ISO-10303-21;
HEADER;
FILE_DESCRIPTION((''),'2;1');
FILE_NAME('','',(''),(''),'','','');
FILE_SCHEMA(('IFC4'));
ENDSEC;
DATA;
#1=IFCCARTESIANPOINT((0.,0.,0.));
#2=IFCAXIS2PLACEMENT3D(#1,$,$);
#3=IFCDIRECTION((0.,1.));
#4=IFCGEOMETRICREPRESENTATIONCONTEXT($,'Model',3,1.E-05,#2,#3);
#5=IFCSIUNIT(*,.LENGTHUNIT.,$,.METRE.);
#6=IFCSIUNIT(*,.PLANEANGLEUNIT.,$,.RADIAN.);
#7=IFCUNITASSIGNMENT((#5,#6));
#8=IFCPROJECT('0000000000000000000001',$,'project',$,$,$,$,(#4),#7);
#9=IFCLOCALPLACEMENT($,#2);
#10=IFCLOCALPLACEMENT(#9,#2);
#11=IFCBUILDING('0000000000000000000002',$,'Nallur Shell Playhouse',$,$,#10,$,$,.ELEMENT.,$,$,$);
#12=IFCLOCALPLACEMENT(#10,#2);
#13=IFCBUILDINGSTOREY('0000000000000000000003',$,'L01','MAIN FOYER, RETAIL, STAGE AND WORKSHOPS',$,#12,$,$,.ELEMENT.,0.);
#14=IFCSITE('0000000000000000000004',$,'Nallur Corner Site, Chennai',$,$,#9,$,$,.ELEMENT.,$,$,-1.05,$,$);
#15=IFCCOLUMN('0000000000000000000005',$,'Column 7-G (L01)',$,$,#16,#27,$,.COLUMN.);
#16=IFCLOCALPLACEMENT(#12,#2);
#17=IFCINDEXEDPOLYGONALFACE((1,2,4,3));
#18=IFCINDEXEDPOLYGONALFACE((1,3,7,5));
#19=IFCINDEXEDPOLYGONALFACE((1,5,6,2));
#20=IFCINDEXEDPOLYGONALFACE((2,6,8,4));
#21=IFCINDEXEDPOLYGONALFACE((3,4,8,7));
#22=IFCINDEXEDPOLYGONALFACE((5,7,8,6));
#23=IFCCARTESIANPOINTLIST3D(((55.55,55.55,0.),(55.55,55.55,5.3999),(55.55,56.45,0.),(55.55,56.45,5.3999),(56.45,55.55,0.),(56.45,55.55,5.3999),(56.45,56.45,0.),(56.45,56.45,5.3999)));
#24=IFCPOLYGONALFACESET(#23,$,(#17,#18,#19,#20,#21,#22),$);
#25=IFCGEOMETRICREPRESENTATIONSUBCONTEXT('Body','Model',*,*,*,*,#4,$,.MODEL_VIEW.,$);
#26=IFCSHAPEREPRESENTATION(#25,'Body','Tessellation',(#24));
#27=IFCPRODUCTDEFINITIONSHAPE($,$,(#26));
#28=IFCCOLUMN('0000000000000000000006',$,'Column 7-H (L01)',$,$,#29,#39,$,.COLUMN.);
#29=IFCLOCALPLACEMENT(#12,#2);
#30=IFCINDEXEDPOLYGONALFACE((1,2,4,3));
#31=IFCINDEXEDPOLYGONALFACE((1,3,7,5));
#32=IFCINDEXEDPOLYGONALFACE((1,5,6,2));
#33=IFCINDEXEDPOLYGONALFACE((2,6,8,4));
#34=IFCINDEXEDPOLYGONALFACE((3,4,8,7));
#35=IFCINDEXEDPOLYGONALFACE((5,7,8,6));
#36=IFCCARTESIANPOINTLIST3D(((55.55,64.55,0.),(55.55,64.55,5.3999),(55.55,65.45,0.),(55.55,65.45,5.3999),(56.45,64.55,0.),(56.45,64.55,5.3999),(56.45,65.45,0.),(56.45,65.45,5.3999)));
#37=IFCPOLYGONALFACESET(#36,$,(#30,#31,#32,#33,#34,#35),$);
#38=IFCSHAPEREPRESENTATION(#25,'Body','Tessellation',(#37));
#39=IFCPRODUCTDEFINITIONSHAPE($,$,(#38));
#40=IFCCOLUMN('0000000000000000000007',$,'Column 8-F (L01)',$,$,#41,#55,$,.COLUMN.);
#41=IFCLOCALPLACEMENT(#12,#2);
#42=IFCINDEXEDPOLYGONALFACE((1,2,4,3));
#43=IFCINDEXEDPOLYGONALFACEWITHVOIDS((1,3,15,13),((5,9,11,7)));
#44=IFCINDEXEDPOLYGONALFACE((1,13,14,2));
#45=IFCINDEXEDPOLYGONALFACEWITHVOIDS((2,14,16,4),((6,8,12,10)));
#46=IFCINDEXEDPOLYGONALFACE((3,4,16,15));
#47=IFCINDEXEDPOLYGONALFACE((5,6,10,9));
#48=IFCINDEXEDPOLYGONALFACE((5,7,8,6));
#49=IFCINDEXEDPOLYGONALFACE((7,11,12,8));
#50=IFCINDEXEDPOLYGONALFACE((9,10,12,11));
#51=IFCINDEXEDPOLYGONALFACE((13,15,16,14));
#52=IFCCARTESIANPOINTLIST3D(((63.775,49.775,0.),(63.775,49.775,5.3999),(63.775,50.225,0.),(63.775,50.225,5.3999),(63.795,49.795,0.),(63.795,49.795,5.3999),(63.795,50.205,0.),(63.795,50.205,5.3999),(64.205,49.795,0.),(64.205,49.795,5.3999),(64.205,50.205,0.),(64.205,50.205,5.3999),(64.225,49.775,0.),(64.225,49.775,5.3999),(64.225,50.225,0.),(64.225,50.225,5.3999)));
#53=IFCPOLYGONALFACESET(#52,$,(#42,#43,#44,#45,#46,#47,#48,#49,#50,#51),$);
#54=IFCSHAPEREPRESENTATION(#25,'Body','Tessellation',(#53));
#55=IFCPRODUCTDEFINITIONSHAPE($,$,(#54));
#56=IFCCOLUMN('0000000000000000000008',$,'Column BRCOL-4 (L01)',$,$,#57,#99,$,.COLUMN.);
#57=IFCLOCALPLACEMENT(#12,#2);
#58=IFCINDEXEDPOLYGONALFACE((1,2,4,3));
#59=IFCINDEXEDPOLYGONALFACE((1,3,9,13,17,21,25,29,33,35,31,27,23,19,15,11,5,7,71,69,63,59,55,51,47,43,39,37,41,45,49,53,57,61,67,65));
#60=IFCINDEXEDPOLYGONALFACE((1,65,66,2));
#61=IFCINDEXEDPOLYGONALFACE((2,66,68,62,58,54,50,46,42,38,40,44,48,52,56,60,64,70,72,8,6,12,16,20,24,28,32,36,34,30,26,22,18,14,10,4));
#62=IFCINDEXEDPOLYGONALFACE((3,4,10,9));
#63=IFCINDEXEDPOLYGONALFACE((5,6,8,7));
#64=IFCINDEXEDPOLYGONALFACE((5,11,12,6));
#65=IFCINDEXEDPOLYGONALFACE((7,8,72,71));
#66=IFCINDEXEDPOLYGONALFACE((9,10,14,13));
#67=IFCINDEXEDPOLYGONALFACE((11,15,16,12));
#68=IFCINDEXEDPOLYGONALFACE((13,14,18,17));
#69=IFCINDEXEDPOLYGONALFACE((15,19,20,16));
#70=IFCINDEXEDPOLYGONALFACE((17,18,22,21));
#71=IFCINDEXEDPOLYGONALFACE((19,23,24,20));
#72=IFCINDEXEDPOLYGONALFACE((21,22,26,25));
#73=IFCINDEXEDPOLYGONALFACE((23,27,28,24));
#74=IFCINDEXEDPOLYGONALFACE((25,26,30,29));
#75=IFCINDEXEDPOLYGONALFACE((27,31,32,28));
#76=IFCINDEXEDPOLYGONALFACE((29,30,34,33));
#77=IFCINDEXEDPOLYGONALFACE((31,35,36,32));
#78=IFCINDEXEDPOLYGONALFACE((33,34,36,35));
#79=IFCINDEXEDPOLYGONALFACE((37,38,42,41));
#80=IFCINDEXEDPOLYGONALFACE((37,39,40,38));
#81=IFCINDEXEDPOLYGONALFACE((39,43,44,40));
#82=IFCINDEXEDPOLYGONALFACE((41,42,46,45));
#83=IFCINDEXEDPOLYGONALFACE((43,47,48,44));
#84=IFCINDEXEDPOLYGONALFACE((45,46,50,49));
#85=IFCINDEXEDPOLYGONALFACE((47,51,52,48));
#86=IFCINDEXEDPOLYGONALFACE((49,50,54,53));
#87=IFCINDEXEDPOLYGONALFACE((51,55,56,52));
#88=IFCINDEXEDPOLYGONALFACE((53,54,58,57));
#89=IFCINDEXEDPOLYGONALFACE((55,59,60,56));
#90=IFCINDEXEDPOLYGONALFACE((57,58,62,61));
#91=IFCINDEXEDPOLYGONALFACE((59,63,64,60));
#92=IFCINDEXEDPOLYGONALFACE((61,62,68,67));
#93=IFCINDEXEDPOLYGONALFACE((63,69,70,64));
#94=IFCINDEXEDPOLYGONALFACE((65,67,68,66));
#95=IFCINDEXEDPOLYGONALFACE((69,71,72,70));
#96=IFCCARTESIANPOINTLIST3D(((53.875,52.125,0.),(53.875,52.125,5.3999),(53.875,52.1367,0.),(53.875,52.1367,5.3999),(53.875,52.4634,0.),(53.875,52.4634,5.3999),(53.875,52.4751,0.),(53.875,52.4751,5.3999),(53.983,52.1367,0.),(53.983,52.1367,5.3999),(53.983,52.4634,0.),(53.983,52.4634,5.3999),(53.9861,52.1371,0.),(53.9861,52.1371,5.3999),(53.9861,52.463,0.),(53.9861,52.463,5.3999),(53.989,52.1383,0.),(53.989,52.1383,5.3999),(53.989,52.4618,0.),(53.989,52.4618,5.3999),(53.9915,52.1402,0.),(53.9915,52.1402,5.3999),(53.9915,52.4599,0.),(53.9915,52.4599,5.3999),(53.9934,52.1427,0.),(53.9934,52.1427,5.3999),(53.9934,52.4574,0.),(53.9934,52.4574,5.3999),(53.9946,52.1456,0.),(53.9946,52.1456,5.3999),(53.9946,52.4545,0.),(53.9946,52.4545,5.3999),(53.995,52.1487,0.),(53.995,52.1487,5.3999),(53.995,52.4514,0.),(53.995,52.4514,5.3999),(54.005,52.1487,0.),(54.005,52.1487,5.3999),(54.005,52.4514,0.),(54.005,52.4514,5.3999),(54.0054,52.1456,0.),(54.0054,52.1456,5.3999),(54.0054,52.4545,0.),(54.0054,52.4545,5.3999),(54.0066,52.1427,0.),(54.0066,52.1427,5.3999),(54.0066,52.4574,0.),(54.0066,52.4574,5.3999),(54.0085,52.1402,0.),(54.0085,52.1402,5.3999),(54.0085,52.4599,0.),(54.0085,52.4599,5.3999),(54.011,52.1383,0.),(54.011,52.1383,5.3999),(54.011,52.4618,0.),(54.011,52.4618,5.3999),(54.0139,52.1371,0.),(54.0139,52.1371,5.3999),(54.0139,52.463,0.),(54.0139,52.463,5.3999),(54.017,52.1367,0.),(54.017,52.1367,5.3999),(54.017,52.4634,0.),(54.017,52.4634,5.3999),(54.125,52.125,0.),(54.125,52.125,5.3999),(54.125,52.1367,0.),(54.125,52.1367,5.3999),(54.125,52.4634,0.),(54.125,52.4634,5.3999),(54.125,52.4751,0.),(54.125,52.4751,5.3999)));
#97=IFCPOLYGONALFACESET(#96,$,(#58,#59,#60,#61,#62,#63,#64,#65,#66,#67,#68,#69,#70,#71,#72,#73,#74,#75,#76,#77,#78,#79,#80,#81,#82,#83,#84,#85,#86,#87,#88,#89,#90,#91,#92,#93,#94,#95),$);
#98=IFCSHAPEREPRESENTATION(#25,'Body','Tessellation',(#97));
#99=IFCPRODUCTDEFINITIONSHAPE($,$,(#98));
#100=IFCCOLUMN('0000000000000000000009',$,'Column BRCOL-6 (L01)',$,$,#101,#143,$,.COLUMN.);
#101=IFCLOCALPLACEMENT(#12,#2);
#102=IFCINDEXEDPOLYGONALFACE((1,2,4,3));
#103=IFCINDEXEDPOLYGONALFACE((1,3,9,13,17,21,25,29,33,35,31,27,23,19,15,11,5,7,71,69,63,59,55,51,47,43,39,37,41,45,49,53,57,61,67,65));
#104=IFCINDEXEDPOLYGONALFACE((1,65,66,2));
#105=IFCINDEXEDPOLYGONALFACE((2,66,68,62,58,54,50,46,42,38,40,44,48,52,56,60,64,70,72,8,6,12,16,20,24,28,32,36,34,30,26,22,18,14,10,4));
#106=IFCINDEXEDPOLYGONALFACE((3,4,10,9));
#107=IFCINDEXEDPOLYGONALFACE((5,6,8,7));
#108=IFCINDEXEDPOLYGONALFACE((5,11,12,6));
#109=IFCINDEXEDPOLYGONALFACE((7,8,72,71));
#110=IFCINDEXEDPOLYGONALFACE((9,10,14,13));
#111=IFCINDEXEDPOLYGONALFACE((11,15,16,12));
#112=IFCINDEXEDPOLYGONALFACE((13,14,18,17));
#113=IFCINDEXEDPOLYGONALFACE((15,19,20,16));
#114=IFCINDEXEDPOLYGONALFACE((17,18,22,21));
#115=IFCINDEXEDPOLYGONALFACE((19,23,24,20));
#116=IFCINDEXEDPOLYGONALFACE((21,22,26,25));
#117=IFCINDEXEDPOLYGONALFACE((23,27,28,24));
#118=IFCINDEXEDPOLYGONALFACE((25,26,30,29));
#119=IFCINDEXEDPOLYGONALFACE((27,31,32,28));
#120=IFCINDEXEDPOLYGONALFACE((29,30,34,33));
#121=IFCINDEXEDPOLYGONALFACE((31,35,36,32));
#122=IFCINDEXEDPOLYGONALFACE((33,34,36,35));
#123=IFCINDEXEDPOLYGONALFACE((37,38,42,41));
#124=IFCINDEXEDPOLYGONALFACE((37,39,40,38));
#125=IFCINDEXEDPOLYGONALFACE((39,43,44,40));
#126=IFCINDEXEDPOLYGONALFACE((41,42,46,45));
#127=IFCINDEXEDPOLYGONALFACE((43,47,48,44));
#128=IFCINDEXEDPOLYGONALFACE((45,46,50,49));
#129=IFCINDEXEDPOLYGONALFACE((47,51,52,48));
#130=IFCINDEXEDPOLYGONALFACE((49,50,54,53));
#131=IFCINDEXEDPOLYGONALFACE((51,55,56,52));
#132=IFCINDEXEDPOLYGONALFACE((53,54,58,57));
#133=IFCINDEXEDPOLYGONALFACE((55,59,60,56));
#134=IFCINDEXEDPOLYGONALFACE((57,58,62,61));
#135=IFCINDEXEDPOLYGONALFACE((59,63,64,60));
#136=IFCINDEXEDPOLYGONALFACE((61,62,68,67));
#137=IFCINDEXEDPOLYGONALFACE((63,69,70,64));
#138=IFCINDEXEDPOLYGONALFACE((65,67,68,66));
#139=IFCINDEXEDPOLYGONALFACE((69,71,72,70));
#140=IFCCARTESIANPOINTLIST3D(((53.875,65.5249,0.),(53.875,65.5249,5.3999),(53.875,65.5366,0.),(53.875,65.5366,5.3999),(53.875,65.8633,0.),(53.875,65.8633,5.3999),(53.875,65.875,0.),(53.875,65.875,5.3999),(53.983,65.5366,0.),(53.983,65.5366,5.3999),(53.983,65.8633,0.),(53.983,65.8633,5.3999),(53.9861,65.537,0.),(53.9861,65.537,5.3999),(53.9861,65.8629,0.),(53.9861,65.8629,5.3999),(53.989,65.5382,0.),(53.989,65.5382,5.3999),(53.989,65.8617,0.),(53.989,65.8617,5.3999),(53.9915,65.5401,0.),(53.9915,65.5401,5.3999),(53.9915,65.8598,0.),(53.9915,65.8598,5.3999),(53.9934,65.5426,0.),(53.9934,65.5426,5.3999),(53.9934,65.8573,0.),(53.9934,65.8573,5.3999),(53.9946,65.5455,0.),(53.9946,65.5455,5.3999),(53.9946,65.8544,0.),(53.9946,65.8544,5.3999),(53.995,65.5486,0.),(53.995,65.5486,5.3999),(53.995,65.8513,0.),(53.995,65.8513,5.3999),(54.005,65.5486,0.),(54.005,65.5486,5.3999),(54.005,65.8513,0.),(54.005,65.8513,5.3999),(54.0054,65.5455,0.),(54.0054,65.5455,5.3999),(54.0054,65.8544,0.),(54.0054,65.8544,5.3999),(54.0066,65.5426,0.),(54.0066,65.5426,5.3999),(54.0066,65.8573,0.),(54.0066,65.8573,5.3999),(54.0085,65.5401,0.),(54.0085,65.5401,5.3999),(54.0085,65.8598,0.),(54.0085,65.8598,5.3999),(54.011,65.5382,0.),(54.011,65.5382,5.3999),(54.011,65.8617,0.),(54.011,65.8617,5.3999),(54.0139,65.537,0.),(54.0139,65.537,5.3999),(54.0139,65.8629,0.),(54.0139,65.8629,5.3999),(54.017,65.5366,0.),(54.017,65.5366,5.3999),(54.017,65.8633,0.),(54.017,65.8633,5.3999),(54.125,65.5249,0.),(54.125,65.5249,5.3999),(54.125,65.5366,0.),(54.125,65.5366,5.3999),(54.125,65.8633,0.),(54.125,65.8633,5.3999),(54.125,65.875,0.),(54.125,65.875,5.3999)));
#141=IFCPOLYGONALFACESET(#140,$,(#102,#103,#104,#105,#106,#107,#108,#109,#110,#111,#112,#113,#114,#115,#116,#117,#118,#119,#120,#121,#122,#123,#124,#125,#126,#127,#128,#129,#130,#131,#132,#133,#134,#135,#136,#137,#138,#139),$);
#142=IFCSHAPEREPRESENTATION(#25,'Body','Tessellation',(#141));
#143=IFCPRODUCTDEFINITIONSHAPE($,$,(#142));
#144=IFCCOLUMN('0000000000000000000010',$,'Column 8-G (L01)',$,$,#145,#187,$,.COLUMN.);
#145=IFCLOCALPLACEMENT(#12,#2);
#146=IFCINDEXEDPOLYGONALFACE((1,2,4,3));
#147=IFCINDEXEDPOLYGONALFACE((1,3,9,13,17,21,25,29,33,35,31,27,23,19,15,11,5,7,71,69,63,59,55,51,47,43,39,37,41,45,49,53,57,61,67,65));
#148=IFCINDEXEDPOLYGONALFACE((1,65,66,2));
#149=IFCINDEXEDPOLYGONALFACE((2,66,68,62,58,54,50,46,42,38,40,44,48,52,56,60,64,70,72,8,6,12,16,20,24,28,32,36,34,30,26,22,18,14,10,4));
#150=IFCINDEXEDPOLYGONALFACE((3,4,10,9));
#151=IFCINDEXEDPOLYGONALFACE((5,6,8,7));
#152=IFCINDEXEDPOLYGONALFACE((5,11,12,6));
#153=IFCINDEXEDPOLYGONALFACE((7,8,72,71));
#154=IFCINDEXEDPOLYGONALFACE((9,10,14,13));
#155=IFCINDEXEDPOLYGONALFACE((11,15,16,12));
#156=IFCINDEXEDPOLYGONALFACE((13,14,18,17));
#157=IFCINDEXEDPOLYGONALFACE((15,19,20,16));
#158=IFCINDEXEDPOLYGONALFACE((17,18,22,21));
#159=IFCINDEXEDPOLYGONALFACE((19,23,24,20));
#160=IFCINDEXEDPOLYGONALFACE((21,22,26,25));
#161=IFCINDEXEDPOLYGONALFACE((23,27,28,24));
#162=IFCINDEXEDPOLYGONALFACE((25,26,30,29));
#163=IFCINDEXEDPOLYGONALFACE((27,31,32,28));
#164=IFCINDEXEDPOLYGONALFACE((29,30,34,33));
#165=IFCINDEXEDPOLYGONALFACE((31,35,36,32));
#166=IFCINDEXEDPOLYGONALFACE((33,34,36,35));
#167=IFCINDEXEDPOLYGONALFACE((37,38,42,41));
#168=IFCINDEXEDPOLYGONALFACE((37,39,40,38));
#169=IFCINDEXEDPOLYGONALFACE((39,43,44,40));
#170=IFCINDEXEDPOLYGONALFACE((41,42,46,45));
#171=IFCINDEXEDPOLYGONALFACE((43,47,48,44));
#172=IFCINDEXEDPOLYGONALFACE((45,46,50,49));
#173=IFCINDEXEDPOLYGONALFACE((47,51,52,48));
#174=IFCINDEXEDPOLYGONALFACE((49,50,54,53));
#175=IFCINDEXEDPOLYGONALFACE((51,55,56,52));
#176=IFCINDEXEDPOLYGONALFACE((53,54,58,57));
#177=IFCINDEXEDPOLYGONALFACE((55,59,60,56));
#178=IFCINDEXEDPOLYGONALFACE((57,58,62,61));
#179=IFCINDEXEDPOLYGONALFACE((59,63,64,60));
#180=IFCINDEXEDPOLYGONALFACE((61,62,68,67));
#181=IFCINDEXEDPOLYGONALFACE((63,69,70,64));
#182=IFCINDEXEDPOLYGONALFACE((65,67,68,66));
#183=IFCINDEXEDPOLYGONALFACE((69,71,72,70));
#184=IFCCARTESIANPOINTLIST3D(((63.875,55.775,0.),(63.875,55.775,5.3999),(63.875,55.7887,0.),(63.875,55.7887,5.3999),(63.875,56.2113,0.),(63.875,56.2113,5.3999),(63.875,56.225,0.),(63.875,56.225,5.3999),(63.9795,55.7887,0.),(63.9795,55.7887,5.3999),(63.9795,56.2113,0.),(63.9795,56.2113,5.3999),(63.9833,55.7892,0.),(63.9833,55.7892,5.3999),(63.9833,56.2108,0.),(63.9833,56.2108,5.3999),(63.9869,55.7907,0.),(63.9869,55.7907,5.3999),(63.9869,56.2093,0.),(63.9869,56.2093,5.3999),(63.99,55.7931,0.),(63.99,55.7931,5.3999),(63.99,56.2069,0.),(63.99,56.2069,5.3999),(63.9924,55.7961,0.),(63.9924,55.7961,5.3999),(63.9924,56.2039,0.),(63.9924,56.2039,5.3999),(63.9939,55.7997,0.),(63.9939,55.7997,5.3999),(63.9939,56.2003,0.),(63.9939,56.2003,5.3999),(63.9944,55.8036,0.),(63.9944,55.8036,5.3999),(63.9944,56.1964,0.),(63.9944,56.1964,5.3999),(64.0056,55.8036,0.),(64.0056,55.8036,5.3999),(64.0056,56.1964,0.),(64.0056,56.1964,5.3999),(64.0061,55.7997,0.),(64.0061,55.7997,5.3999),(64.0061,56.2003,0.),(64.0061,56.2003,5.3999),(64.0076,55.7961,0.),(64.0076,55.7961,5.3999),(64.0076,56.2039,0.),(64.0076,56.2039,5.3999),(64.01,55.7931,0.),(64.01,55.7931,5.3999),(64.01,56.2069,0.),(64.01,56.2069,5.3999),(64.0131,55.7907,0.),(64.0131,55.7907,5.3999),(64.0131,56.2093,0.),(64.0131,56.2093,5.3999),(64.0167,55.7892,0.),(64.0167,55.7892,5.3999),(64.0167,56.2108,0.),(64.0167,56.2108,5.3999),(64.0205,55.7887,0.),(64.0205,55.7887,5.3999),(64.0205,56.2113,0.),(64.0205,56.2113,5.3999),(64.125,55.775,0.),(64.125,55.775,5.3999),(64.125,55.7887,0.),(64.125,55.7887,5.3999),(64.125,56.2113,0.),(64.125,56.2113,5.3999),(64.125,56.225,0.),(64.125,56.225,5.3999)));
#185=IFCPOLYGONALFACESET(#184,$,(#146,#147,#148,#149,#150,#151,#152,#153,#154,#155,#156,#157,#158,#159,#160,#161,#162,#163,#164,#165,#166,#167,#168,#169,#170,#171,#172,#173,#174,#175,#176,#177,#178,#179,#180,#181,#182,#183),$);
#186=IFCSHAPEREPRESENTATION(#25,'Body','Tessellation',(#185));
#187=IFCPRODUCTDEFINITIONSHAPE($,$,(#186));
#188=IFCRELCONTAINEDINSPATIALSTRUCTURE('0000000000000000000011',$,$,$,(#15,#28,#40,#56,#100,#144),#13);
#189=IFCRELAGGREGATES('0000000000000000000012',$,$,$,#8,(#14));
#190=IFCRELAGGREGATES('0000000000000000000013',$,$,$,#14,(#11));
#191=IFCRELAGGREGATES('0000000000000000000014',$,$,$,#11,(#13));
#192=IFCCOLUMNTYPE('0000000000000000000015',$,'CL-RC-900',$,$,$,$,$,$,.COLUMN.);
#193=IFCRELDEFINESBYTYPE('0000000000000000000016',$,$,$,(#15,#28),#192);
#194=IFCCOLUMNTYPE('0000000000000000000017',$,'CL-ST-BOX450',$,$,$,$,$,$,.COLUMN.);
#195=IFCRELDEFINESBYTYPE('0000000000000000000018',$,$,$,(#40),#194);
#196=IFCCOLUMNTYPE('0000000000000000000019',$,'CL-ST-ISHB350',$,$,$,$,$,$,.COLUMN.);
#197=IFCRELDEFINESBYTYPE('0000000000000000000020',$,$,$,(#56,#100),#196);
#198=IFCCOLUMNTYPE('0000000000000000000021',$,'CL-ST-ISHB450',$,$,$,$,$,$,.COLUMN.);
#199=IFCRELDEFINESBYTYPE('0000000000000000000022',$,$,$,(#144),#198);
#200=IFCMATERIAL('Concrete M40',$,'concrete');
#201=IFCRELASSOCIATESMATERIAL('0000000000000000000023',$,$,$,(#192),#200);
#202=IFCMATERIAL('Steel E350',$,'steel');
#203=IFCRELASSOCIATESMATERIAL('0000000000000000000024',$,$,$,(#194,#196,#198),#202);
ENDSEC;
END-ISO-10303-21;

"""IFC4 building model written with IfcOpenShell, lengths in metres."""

from ifc_helpers import new_model, si_unit, direction, frame, origin, origin_2d, place, context, subcontext, project, spatial, rectangle, hollow_rectangle, i_section, extrude, material, material_profile, profile_set, type_object, element, save


model = new_model("IFC4")

# Units and contexts
model_context = context("Model", 3, precision=1e-05, world=origin(), true_north=direction((0.0, 1.0)))
body_context = subcontext(model_context, "Body", "Model", "MODEL_VIEW")
ifc_project = project(units=[si_unit("LENGTHUNIT", "METRE"), si_unit("PLANEANGLEUNIT", "RADIAN")], contexts=[model_context])

# Site, building, storey
site_placement = place(None, origin())
site = spatial("IfcSite", under=ifc_project, at=site_placement, Name="Nallur Corner Site, Chennai", CompositionType="ELEMENT", RefElevation=-1.05)
building_placement = place(site_placement, origin())
building = spatial("IfcBuilding", under=site, at=building_placement, Name="Nallur Shell Playhouse", CompositionType="ELEMENT")
storey_placement = place(building_placement, origin())
storey = spatial("IfcBuildingStorey", under=building, at=storey_placement, Name="L01", Description="MAIN FOYER, RETAIL, STAGE AND WORKSHOPS", CompositionType="ELEMENT", Elevation=0.0)

# Columns
ifc_material_1 = material(Name="Concrete M40", Category="concrete")
ifc_material_profile_1 = material_profile(ifc_material_1, rectangle(XDim=0.8999, YDim=0.8999, at=origin_2d()), Name="RC 900x900")
ifc_profile_set_1 = profile_set([ifc_material_profile_1], Name="Concrete M40")
column_type_1 = type_object("IfcColumnType", Name="CL-RC-900", PredefinedType="COLUMN", material=ifc_profile_set_1)
for number, where, z_axis, x_axis, name in (
    (1, (56.0, 56.0, 0.0), (0.0, 0.0, 1.0), (1.0, 0.0, 0.0), "Column 7-G (L01)"),
    (2, (56.0, 65.0, 0.0), (0.0, 0.0, 1.0), (1.0, 0.0, 0.0), "Column 7-H (L01)"),
):
    element("IfcColumn", number, at=place(storey_placement, frame(where, z_axis=z_axis, x_axis=x_axis)), inside=storey, type_object=column_type_1, Name=name, PredefinedType="COLUMN", context=body_context, shape_type="SweptSolid", body=[
        extrude(rectangle(XDim=0.8999, YDim=0.8999, at=origin_2d()), origin(), (0.0, 0.0, 1.0), 5.3999),
    ])
ifc_material_2 = material(Name="Steel E350", Category="steel")
ifc_material_profile_2 = material_profile(ifc_material_2, hollow_rectangle(XDim=0.45, YDim=0.45, WallThickness=0.02, at=origin_2d()), Name="BOX 450x450x20")
ifc_profile_set_2 = profile_set([ifc_material_profile_2], Name="Steel E350")
column_type_2 = type_object("IfcColumnType", Name="CL-ST-BOX450", PredefinedType="COLUMN", material=ifc_profile_set_2)
column_placement = place(storey_placement, frame((64.0, 50.0, 0.0), z_axis=(0.0, 0.0, 1.0), x_axis=(1.0, 0.0, 0.0)))
element("IfcColumn", 3, at=column_placement, inside=storey, type_object=column_type_2, Name="Column 8-F (L01)", PredefinedType="COLUMN", context=body_context, shape_type="SweptSolid", body=[
    extrude(hollow_rectangle(XDim=0.45, YDim=0.45, WallThickness=0.02, at=origin_2d()), origin(), (0.0, 0.0, 1.0), 5.3999),
])
ifc_material_profile_3 = material_profile(ifc_material_2, i_section(OverallWidth=0.25, OverallDepth=0.3501, WebThickness=0.01, FlangeThickness=0.0117, FilletRadius=0.012, at=origin_2d()), Name="ISHB 350")
ifc_profile_set_3 = profile_set([ifc_material_profile_3], Name="Steel E350")
column_type_3 = type_object("IfcColumnType", Name="CL-ST-ISHB350", PredefinedType="COLUMN", material=ifc_profile_set_3)
for number, where, z_axis, x_axis, name in (
    (4, (54.0, 52.3, 0.0), (0.0, 0.0, 1.0), (1.0, 0.0, 0.0), "Column BRCOL-4 (L01)"),
    (5, (54.0, 65.7, 0.0), (0.0, 0.0, 1.0), (1.0, 0.0, 0.0), "Column BRCOL-6 (L01)"),
):
    element("IfcColumn", number, at=place(storey_placement, frame(where, z_axis=z_axis, x_axis=x_axis)), inside=storey, type_object=column_type_3, Name=name, PredefinedType="COLUMN", context=body_context, shape_type="SweptSolid", body=[
        extrude(i_section(OverallWidth=0.25, OverallDepth=0.3501, WebThickness=0.01, FlangeThickness=0.0117, FilletRadius=0.012, at=origin_2d()), origin(), (0.0, 0.0, 1.0), 5.3999),
    ])
ifc_material_profile_4 = material_profile(ifc_material_2, i_section(OverallWidth=0.25, OverallDepth=0.45, WebThickness=0.0112, FlangeThickness=0.0137, FilletRadius=0.0149, at=origin_2d()), Name="ISHB 450")
ifc_profile_set_4 = profile_set([ifc_material_profile_4], Name="Steel E350")
column_type_4 = type_object("IfcColumnType", Name="CL-ST-ISHB450", PredefinedType="COLUMN", material=ifc_profile_set_4)
for number, where, z_axis, x_axis, name in (
    (6, (64.0, 56.0, 0.0), (0.0, 0.0, 1.0), (1.0, 0.0, 0.0), "Column 8-G (L01)"),
):
    element("IfcColumn", number, at=place(storey_placement, frame(where, z_axis=z_axis, x_axis=x_axis)), inside=storey, type_object=column_type_4, Name=name, PredefinedType="COLUMN", context=body_context, shape_type="SweptSolid", body=[
        extrude(i_section(OverallWidth=0.25, OverallDepth=0.45, WebThickness=0.0112, FlangeThickness=0.0137, FilletRadius=0.0149, at=origin_2d()), origin(), (0.0, 0.0, 1.0), 5.3999),
    ])

save(model, "model.ifc")
